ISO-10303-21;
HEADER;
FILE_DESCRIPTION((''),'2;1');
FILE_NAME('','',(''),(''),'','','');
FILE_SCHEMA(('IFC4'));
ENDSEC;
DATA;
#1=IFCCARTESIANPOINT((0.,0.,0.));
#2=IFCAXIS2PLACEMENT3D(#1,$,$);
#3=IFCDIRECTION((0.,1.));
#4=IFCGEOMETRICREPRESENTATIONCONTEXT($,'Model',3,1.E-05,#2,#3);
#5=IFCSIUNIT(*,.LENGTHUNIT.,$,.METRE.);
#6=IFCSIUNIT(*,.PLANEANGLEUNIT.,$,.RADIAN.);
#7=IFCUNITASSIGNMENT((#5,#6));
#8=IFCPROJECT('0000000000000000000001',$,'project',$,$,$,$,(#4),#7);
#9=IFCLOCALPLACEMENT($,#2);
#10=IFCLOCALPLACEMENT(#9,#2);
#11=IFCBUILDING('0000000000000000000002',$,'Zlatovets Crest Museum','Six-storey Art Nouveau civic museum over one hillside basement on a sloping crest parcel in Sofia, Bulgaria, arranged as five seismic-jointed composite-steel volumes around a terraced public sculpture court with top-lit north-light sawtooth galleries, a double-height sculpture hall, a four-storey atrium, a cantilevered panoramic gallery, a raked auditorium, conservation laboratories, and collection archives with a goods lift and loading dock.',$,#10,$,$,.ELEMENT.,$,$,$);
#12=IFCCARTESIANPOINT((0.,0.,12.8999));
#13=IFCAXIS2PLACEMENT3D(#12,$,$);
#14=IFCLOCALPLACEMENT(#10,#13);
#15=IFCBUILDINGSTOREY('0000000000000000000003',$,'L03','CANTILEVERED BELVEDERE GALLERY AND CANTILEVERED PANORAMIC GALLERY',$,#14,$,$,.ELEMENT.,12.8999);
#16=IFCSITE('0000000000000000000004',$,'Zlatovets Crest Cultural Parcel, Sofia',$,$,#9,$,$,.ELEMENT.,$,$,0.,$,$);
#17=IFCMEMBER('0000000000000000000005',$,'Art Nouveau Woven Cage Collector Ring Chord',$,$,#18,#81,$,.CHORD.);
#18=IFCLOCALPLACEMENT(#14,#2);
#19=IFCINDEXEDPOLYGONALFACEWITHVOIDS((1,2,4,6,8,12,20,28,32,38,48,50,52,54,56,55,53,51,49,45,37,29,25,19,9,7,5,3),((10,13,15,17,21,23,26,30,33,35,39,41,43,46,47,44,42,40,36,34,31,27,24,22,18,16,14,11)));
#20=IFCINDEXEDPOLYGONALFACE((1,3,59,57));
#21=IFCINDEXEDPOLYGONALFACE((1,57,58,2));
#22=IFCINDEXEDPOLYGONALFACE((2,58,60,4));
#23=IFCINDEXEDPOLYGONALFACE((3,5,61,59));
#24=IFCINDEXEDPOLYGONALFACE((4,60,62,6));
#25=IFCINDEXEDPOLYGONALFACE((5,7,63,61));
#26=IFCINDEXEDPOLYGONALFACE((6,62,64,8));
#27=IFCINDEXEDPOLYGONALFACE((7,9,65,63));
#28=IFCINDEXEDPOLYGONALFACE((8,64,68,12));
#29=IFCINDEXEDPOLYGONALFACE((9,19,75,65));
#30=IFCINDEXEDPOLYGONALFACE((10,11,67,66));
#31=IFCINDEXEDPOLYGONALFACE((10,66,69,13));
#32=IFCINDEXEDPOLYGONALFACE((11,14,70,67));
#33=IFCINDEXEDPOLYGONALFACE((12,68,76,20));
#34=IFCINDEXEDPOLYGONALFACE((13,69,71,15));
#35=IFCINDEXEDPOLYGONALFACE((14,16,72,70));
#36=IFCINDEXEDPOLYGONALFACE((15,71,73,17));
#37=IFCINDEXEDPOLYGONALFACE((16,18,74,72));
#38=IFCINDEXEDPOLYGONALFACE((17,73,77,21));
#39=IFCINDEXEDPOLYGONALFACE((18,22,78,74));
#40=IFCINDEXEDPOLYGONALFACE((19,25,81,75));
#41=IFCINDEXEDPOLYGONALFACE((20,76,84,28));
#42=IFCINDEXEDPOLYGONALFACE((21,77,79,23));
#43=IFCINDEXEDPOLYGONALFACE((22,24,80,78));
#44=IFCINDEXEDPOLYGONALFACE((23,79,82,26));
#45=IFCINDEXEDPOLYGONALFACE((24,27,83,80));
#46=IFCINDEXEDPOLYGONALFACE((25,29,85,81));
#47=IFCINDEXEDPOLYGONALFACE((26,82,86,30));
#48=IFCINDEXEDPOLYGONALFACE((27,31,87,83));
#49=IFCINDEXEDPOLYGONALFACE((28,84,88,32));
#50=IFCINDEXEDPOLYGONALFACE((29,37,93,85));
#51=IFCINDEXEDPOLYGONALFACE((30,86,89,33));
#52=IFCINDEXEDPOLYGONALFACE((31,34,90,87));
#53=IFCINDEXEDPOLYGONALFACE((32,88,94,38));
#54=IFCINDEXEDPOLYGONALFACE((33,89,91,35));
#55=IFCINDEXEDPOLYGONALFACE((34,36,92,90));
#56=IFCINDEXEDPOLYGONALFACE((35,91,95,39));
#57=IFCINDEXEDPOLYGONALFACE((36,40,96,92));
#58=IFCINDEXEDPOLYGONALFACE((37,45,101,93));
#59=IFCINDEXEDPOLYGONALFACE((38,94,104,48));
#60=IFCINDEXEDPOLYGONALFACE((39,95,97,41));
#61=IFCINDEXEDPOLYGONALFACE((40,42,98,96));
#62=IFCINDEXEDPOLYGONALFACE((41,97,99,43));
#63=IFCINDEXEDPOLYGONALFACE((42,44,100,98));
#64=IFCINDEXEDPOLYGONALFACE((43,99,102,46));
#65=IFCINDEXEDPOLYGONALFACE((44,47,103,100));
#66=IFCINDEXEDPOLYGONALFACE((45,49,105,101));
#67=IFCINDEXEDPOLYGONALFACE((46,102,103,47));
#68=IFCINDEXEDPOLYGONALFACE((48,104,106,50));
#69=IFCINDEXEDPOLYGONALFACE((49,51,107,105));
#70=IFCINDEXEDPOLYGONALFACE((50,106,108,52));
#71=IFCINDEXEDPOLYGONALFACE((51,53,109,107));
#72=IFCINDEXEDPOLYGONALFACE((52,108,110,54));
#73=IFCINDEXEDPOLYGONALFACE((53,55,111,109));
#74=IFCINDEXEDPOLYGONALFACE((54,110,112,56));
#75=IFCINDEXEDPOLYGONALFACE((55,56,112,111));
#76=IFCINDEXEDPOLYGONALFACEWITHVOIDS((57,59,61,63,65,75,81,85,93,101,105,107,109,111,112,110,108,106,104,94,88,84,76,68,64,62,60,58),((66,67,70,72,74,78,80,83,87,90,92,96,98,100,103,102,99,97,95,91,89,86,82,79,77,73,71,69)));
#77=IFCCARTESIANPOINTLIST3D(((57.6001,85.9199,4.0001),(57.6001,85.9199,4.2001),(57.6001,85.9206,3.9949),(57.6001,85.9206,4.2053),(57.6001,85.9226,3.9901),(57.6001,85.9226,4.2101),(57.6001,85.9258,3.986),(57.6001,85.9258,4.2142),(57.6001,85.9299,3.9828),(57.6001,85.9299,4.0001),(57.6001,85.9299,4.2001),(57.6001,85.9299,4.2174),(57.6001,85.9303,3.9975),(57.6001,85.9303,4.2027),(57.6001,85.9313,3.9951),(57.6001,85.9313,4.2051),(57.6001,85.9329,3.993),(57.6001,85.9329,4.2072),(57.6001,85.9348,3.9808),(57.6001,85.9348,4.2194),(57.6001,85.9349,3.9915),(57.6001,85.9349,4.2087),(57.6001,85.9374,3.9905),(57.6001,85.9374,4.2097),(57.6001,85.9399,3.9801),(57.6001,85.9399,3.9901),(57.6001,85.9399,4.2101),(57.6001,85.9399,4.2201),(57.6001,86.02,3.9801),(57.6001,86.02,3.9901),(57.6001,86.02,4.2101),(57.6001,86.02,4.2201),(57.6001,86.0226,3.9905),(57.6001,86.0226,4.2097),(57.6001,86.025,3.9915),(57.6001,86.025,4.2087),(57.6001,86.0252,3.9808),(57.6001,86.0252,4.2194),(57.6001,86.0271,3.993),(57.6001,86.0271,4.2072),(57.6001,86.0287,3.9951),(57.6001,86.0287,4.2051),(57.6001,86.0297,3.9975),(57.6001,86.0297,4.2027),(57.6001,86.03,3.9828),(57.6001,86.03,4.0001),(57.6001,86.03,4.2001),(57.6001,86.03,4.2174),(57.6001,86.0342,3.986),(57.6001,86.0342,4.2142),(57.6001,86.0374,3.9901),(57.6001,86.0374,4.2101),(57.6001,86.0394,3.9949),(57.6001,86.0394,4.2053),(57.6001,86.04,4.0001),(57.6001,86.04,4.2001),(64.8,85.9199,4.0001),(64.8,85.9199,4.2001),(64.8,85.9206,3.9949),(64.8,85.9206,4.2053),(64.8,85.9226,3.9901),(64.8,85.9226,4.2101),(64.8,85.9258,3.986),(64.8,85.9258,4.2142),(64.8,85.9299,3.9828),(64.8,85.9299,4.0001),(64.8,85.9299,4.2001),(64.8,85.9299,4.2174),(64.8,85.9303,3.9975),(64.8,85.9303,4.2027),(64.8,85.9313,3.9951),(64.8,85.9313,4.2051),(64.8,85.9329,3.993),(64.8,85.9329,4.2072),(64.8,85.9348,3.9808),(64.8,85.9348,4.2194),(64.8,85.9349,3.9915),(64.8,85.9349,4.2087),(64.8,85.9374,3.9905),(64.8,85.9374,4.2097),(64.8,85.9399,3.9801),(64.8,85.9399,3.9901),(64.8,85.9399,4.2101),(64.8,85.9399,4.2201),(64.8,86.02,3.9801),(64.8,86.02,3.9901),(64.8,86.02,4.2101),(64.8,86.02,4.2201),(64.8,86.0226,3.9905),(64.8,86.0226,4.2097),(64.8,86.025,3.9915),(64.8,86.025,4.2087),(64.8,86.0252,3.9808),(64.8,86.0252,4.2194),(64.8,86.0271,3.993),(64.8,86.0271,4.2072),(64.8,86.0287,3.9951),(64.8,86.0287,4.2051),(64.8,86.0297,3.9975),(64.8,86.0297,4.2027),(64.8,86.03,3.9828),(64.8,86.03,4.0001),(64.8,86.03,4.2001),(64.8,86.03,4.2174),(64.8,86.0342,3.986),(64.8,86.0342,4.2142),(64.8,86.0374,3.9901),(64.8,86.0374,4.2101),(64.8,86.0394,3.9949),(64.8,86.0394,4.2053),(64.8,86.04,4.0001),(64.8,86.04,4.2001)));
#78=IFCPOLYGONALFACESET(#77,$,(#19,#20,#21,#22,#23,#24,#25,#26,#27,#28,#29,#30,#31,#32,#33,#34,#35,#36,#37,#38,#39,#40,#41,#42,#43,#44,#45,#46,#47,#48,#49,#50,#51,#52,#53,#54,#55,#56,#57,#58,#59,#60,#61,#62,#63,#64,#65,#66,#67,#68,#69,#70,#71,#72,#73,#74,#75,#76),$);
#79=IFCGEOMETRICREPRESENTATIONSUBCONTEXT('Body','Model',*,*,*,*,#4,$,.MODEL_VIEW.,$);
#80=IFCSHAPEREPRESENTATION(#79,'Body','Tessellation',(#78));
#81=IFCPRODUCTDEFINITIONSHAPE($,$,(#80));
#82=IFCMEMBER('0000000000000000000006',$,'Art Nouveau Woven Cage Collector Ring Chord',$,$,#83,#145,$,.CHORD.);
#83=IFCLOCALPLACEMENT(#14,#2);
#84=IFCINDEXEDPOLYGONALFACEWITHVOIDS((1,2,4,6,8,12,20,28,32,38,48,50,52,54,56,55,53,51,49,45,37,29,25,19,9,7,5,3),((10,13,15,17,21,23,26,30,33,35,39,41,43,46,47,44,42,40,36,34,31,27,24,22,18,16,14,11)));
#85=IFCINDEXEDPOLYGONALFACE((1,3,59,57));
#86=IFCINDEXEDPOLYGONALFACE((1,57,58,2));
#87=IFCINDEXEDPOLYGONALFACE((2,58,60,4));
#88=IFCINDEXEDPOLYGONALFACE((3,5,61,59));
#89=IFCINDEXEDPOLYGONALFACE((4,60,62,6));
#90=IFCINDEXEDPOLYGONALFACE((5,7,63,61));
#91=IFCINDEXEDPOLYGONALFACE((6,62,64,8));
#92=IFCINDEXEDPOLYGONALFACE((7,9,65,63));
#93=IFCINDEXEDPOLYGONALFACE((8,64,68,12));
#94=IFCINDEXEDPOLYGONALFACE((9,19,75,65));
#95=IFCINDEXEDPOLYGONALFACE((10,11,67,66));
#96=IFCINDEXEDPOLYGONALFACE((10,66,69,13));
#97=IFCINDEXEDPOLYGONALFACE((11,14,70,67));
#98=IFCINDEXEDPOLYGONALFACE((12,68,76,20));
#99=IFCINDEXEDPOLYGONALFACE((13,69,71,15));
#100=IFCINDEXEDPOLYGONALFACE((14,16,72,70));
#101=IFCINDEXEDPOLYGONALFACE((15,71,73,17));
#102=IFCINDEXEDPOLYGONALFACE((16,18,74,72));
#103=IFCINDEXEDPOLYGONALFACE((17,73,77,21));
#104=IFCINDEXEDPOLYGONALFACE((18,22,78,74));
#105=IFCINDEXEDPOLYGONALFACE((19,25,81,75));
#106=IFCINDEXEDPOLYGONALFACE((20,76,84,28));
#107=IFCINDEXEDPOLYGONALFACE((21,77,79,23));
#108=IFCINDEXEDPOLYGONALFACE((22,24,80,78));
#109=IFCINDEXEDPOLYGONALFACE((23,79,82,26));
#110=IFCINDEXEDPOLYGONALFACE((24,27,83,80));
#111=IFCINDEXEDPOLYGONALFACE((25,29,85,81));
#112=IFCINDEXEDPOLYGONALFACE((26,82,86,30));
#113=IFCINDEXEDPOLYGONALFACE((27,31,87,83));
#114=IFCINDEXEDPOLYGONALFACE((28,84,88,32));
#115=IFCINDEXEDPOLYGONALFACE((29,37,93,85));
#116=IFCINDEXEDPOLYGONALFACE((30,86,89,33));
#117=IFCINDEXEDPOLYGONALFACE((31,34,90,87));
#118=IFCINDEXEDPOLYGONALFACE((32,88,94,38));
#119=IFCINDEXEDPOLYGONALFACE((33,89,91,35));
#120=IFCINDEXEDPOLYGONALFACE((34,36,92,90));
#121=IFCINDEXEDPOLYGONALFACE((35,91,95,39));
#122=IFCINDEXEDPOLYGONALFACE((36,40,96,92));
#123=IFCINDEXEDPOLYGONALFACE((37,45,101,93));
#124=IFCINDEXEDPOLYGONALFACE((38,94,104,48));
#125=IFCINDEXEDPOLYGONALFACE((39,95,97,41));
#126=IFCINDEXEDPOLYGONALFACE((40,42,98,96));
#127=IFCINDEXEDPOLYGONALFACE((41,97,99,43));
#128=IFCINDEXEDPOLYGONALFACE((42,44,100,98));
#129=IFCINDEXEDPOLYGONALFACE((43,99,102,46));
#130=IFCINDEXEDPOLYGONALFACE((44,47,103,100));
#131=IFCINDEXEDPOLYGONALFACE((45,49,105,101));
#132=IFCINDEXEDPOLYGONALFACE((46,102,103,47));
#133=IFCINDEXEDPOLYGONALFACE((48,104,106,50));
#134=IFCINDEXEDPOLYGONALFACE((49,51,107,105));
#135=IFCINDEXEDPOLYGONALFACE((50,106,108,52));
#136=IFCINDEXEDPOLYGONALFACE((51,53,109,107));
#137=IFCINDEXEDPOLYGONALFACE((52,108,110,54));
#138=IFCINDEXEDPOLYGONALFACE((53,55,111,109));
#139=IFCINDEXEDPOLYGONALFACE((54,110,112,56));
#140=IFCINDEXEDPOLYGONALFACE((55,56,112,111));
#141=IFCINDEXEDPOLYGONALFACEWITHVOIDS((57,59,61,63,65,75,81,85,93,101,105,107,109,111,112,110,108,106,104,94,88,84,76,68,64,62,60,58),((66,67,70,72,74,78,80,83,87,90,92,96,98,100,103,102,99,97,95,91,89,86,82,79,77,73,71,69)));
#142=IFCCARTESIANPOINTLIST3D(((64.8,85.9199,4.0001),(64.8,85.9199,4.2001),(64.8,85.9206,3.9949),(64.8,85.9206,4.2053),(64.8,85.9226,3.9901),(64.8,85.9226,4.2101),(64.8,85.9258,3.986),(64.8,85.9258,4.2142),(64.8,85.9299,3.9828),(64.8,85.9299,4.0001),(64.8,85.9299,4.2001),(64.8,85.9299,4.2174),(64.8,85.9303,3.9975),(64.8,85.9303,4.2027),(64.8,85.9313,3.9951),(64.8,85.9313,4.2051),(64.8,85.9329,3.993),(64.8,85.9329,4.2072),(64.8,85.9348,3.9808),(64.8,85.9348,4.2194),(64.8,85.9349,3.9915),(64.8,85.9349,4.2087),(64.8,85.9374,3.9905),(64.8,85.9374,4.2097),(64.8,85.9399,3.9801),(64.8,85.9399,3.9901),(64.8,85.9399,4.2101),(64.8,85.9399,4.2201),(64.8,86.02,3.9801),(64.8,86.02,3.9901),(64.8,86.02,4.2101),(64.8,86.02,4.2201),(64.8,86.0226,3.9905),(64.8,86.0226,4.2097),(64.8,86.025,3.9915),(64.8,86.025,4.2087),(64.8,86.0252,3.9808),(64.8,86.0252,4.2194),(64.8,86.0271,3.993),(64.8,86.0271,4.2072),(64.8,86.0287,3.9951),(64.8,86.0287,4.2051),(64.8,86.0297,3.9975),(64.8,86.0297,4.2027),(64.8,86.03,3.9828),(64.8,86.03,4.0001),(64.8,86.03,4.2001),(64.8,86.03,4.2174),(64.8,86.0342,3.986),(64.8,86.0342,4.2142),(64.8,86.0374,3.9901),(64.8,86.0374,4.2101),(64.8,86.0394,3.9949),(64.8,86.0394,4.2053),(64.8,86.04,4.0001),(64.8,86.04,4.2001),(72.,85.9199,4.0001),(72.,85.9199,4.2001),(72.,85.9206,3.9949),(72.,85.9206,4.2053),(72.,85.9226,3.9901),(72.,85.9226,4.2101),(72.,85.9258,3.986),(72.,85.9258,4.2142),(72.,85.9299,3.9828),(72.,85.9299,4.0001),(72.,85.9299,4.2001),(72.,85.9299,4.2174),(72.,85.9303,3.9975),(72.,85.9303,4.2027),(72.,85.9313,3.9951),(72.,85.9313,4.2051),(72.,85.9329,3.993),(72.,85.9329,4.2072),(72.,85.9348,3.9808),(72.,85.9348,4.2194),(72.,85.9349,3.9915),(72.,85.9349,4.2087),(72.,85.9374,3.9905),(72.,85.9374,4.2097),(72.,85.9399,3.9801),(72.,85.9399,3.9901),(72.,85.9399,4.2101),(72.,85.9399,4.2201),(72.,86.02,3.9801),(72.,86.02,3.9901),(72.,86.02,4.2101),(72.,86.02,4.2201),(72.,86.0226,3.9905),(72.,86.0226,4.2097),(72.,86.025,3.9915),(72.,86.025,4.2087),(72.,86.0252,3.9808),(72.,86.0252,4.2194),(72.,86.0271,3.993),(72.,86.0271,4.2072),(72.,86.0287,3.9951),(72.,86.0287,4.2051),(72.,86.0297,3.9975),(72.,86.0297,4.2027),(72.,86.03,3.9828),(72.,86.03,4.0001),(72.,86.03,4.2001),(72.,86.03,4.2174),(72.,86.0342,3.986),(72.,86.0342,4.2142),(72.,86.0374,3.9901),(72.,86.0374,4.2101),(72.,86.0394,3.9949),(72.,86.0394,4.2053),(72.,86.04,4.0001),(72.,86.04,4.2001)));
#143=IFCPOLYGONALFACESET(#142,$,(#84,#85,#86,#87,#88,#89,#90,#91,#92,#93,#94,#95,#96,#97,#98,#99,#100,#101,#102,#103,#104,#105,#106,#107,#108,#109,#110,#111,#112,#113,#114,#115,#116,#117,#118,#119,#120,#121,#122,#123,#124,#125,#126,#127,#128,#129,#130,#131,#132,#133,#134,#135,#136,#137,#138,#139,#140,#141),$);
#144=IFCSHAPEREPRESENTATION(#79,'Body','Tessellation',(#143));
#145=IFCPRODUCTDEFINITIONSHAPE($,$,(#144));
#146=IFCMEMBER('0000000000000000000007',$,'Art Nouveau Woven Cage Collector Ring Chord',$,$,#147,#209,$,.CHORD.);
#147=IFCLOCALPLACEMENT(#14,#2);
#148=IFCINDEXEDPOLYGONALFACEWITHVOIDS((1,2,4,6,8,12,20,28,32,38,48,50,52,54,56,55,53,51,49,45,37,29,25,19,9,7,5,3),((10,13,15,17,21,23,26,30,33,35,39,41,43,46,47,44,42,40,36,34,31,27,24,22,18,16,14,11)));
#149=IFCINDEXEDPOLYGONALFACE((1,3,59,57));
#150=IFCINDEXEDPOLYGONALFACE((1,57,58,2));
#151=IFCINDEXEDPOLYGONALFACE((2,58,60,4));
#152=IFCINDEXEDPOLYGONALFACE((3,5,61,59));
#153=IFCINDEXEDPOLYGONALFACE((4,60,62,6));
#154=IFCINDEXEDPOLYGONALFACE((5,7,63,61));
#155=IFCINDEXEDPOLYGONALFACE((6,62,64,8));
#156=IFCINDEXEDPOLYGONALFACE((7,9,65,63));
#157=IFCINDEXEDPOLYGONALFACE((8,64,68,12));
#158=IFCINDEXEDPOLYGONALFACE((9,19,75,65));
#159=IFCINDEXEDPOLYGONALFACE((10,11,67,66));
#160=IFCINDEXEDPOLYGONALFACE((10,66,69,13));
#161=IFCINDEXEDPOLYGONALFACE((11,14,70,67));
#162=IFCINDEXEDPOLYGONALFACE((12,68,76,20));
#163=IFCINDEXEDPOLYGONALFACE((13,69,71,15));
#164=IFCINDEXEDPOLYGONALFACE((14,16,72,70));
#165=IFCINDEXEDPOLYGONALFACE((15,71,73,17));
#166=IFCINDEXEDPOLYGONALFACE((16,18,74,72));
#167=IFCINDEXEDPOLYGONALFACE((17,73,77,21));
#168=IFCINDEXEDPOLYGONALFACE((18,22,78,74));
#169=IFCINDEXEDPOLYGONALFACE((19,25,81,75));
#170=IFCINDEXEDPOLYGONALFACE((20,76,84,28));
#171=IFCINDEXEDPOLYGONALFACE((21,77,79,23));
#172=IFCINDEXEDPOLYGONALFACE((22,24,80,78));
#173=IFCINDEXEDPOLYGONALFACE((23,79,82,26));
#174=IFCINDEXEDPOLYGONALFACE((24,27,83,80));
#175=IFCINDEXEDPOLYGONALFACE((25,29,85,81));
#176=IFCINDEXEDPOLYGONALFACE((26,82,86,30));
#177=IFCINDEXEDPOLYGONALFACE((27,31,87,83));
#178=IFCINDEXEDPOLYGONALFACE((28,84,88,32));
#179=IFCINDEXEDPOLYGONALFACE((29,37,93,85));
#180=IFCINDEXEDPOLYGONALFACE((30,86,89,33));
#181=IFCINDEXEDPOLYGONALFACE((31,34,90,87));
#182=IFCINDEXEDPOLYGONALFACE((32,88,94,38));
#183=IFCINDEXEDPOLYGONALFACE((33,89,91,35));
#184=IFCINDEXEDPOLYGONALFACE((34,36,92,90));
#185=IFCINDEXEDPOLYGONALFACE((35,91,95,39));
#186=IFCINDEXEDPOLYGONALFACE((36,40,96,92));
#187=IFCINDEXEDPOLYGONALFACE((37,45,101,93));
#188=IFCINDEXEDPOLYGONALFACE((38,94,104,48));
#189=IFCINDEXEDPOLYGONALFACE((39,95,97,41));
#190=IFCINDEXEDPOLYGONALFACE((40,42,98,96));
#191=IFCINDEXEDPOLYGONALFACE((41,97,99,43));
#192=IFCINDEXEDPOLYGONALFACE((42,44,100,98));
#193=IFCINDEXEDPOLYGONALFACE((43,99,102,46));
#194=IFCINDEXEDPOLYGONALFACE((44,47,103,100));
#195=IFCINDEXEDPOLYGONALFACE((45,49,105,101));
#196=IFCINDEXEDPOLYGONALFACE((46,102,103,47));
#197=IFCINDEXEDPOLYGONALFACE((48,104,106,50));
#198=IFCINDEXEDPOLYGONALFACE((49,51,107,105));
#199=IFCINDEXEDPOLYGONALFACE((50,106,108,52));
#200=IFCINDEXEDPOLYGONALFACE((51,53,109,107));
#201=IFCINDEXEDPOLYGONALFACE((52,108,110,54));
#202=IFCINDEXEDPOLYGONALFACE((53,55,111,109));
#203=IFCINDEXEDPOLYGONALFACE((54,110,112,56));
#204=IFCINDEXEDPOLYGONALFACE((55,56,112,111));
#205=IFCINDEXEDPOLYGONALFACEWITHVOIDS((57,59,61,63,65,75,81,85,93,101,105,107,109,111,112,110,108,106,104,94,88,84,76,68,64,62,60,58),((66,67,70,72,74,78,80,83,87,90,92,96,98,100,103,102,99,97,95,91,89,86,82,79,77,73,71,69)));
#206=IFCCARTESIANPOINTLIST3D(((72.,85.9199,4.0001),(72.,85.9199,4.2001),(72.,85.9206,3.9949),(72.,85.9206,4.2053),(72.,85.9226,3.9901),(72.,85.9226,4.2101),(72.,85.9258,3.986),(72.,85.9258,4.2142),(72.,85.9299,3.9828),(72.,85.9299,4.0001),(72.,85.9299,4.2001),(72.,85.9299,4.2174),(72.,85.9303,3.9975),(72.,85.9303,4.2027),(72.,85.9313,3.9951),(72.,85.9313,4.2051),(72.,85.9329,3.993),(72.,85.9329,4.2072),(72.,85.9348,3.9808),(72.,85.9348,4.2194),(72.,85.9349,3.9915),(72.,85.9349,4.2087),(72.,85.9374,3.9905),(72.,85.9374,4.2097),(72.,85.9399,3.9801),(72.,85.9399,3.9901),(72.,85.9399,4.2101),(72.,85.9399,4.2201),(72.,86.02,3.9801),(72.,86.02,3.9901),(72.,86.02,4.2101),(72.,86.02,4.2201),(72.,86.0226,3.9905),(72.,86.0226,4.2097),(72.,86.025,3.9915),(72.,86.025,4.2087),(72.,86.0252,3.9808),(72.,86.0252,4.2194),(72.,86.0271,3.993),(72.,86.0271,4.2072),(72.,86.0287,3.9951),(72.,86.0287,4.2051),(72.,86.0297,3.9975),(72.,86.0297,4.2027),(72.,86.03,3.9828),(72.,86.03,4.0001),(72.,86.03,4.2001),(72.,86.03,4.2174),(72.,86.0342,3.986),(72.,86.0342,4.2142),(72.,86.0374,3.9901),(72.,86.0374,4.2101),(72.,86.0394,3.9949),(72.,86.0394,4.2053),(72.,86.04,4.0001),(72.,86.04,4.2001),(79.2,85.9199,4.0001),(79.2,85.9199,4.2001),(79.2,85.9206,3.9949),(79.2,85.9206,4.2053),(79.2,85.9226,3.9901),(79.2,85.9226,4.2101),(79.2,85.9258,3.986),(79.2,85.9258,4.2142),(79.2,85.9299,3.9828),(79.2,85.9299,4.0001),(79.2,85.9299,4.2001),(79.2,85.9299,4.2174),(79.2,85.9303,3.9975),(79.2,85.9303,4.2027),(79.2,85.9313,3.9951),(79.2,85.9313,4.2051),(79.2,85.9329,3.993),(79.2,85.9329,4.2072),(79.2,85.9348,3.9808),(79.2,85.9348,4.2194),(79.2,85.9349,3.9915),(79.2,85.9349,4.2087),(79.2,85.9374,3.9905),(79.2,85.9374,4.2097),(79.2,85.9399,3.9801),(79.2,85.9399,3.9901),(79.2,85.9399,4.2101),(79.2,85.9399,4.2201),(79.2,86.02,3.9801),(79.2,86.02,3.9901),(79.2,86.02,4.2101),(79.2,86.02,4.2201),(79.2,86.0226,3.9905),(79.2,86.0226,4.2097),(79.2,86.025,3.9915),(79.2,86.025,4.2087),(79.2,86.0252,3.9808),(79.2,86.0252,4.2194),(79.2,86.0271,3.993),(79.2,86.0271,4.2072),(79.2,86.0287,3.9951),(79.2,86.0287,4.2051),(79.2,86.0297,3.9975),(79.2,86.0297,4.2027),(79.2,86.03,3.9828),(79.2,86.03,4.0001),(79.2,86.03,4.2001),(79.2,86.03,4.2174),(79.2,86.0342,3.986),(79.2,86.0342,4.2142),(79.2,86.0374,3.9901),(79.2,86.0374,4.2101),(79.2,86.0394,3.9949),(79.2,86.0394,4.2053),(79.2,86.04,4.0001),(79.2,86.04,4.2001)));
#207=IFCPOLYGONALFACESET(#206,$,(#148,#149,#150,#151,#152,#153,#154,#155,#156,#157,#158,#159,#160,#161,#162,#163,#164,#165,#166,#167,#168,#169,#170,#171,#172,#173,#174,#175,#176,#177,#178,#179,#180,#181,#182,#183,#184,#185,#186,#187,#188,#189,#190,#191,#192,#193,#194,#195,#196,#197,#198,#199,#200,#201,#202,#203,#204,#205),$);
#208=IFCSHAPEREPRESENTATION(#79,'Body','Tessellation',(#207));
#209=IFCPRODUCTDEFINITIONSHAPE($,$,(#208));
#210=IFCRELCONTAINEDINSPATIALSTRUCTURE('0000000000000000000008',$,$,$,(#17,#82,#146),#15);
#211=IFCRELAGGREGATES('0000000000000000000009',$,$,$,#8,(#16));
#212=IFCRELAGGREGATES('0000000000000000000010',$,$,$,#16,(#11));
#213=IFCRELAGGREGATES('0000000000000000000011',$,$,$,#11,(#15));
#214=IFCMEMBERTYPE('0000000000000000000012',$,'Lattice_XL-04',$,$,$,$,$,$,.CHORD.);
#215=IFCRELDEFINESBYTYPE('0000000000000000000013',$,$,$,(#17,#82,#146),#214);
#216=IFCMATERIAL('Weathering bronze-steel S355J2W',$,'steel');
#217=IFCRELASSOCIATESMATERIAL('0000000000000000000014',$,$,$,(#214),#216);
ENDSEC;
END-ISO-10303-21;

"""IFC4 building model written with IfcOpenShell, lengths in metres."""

from ifc_helpers import new_model, si_unit, direction, frame, origin, origin_2d, place, context, subcontext, project, spatial, hollow_rectangle, extrude, material, material_profile, profile_set, type_object, element, save


model = new_model("IFC4")

# Units and contexts
model_context = context("Model", 3, precision=1e-05, world=origin(), true_north=direction((0.0, 1.0)))
body_context = subcontext(model_context, "Body", "Model", "MODEL_VIEW")
ifc_project = project(units=[si_unit("LENGTHUNIT", "METRE"), si_unit("PLANEANGLEUNIT", "RADIAN")], contexts=[model_context])

# Site, building, storey
site_placement = place(None, origin())
site = spatial("IfcSite", under=ifc_project, at=site_placement, Name="Zlatovets Crest Cultural Parcel, Sofia", CompositionType="ELEMENT", RefElevation=0.0)
building_placement = place(site_placement, origin())
building = spatial("IfcBuilding", under=site, at=building_placement, Name="Zlatovets Crest Museum", Description="Six-storey Art Nouveau civic museum over one hillside basement on a sloping crest parcel in Sofia, Bulgaria, arranged as five seismic-jointed composite-steel volumes around a terraced public sculpture court with top-lit north-light sawtooth galleries, a double-height sculpture hall, a four-storey atrium, a cantilevered panoramic gallery, a raked auditorium, conservation laboratories, and collection archives with a goods lift and loading dock.", CompositionType="ELEMENT")
storey_placement = place(building_placement, frame((0.0, 0.0, 12.8999)))
storey = spatial("IfcBuildingStorey", under=building, at=storey_placement, Name="L03", Description="CANTILEVERED BELVEDERE GALLERY AND CANTILEVERED PANORAMIC GALLERY", CompositionType="ELEMENT", Elevation=12.8999)

# Members
ifc_material_1 = material(Name="Weathering bronze-steel S355J2W", Category="steel")
ifc_material_profile_1 = material_profile(ifc_material_1, hollow_rectangle(XDim=0.1201, YDim=0.24, WallThickness=0.01, InnerFilletRadius=0.01, OuterFilletRadius=0.02, at=origin_2d()), Name="RHS 120x240x10.0")
ifc_profile_set_1 = profile_set([ifc_material_profile_1], Name="Weathering bronze-steel S355J2W")
member_type_1 = type_object("IfcMemberType", Name="Lattice_XL-04", PredefinedType="CHORD", material=ifc_profile_set_1)
for number, where, z_axis, x_axis, name in (
    (1, (57.6001, 85.98, 4.1001), (1.0, 0.0, 0.0), (0.0, 1.0, 0.0), "Art Nouveau Woven Cage Collector Ring Chord"),
    (2, (64.8, 85.98, 4.1001), (1.0, 0.0, 0.0), (0.0, 1.0, 0.0), "Art Nouveau Woven Cage Collector Ring Chord"),
    (3, (72.0, 85.98, 4.1001), (1.0, 0.0, 0.0), (0.0, 1.0, 0.0), "Art Nouveau Woven Cage Collector Ring Chord"),
):
    element("IfcMember", number, at=place(storey_placement, frame(where, z_axis=z_axis, x_axis=x_axis)), inside=storey, type_object=member_type_1, Name=name, PredefinedType="CHORD", context=body_context, shape_type="SweptSolid", body=[
        extrude(hollow_rectangle(XDim=0.1201, YDim=0.24, WallThickness=0.01, InnerFilletRadius=0.01, OuterFilletRadius=0.02, at=origin_2d()), origin(), (0.0, 0.0, 1.0), 7.2),
    ])

save(model, "model.ifc")
